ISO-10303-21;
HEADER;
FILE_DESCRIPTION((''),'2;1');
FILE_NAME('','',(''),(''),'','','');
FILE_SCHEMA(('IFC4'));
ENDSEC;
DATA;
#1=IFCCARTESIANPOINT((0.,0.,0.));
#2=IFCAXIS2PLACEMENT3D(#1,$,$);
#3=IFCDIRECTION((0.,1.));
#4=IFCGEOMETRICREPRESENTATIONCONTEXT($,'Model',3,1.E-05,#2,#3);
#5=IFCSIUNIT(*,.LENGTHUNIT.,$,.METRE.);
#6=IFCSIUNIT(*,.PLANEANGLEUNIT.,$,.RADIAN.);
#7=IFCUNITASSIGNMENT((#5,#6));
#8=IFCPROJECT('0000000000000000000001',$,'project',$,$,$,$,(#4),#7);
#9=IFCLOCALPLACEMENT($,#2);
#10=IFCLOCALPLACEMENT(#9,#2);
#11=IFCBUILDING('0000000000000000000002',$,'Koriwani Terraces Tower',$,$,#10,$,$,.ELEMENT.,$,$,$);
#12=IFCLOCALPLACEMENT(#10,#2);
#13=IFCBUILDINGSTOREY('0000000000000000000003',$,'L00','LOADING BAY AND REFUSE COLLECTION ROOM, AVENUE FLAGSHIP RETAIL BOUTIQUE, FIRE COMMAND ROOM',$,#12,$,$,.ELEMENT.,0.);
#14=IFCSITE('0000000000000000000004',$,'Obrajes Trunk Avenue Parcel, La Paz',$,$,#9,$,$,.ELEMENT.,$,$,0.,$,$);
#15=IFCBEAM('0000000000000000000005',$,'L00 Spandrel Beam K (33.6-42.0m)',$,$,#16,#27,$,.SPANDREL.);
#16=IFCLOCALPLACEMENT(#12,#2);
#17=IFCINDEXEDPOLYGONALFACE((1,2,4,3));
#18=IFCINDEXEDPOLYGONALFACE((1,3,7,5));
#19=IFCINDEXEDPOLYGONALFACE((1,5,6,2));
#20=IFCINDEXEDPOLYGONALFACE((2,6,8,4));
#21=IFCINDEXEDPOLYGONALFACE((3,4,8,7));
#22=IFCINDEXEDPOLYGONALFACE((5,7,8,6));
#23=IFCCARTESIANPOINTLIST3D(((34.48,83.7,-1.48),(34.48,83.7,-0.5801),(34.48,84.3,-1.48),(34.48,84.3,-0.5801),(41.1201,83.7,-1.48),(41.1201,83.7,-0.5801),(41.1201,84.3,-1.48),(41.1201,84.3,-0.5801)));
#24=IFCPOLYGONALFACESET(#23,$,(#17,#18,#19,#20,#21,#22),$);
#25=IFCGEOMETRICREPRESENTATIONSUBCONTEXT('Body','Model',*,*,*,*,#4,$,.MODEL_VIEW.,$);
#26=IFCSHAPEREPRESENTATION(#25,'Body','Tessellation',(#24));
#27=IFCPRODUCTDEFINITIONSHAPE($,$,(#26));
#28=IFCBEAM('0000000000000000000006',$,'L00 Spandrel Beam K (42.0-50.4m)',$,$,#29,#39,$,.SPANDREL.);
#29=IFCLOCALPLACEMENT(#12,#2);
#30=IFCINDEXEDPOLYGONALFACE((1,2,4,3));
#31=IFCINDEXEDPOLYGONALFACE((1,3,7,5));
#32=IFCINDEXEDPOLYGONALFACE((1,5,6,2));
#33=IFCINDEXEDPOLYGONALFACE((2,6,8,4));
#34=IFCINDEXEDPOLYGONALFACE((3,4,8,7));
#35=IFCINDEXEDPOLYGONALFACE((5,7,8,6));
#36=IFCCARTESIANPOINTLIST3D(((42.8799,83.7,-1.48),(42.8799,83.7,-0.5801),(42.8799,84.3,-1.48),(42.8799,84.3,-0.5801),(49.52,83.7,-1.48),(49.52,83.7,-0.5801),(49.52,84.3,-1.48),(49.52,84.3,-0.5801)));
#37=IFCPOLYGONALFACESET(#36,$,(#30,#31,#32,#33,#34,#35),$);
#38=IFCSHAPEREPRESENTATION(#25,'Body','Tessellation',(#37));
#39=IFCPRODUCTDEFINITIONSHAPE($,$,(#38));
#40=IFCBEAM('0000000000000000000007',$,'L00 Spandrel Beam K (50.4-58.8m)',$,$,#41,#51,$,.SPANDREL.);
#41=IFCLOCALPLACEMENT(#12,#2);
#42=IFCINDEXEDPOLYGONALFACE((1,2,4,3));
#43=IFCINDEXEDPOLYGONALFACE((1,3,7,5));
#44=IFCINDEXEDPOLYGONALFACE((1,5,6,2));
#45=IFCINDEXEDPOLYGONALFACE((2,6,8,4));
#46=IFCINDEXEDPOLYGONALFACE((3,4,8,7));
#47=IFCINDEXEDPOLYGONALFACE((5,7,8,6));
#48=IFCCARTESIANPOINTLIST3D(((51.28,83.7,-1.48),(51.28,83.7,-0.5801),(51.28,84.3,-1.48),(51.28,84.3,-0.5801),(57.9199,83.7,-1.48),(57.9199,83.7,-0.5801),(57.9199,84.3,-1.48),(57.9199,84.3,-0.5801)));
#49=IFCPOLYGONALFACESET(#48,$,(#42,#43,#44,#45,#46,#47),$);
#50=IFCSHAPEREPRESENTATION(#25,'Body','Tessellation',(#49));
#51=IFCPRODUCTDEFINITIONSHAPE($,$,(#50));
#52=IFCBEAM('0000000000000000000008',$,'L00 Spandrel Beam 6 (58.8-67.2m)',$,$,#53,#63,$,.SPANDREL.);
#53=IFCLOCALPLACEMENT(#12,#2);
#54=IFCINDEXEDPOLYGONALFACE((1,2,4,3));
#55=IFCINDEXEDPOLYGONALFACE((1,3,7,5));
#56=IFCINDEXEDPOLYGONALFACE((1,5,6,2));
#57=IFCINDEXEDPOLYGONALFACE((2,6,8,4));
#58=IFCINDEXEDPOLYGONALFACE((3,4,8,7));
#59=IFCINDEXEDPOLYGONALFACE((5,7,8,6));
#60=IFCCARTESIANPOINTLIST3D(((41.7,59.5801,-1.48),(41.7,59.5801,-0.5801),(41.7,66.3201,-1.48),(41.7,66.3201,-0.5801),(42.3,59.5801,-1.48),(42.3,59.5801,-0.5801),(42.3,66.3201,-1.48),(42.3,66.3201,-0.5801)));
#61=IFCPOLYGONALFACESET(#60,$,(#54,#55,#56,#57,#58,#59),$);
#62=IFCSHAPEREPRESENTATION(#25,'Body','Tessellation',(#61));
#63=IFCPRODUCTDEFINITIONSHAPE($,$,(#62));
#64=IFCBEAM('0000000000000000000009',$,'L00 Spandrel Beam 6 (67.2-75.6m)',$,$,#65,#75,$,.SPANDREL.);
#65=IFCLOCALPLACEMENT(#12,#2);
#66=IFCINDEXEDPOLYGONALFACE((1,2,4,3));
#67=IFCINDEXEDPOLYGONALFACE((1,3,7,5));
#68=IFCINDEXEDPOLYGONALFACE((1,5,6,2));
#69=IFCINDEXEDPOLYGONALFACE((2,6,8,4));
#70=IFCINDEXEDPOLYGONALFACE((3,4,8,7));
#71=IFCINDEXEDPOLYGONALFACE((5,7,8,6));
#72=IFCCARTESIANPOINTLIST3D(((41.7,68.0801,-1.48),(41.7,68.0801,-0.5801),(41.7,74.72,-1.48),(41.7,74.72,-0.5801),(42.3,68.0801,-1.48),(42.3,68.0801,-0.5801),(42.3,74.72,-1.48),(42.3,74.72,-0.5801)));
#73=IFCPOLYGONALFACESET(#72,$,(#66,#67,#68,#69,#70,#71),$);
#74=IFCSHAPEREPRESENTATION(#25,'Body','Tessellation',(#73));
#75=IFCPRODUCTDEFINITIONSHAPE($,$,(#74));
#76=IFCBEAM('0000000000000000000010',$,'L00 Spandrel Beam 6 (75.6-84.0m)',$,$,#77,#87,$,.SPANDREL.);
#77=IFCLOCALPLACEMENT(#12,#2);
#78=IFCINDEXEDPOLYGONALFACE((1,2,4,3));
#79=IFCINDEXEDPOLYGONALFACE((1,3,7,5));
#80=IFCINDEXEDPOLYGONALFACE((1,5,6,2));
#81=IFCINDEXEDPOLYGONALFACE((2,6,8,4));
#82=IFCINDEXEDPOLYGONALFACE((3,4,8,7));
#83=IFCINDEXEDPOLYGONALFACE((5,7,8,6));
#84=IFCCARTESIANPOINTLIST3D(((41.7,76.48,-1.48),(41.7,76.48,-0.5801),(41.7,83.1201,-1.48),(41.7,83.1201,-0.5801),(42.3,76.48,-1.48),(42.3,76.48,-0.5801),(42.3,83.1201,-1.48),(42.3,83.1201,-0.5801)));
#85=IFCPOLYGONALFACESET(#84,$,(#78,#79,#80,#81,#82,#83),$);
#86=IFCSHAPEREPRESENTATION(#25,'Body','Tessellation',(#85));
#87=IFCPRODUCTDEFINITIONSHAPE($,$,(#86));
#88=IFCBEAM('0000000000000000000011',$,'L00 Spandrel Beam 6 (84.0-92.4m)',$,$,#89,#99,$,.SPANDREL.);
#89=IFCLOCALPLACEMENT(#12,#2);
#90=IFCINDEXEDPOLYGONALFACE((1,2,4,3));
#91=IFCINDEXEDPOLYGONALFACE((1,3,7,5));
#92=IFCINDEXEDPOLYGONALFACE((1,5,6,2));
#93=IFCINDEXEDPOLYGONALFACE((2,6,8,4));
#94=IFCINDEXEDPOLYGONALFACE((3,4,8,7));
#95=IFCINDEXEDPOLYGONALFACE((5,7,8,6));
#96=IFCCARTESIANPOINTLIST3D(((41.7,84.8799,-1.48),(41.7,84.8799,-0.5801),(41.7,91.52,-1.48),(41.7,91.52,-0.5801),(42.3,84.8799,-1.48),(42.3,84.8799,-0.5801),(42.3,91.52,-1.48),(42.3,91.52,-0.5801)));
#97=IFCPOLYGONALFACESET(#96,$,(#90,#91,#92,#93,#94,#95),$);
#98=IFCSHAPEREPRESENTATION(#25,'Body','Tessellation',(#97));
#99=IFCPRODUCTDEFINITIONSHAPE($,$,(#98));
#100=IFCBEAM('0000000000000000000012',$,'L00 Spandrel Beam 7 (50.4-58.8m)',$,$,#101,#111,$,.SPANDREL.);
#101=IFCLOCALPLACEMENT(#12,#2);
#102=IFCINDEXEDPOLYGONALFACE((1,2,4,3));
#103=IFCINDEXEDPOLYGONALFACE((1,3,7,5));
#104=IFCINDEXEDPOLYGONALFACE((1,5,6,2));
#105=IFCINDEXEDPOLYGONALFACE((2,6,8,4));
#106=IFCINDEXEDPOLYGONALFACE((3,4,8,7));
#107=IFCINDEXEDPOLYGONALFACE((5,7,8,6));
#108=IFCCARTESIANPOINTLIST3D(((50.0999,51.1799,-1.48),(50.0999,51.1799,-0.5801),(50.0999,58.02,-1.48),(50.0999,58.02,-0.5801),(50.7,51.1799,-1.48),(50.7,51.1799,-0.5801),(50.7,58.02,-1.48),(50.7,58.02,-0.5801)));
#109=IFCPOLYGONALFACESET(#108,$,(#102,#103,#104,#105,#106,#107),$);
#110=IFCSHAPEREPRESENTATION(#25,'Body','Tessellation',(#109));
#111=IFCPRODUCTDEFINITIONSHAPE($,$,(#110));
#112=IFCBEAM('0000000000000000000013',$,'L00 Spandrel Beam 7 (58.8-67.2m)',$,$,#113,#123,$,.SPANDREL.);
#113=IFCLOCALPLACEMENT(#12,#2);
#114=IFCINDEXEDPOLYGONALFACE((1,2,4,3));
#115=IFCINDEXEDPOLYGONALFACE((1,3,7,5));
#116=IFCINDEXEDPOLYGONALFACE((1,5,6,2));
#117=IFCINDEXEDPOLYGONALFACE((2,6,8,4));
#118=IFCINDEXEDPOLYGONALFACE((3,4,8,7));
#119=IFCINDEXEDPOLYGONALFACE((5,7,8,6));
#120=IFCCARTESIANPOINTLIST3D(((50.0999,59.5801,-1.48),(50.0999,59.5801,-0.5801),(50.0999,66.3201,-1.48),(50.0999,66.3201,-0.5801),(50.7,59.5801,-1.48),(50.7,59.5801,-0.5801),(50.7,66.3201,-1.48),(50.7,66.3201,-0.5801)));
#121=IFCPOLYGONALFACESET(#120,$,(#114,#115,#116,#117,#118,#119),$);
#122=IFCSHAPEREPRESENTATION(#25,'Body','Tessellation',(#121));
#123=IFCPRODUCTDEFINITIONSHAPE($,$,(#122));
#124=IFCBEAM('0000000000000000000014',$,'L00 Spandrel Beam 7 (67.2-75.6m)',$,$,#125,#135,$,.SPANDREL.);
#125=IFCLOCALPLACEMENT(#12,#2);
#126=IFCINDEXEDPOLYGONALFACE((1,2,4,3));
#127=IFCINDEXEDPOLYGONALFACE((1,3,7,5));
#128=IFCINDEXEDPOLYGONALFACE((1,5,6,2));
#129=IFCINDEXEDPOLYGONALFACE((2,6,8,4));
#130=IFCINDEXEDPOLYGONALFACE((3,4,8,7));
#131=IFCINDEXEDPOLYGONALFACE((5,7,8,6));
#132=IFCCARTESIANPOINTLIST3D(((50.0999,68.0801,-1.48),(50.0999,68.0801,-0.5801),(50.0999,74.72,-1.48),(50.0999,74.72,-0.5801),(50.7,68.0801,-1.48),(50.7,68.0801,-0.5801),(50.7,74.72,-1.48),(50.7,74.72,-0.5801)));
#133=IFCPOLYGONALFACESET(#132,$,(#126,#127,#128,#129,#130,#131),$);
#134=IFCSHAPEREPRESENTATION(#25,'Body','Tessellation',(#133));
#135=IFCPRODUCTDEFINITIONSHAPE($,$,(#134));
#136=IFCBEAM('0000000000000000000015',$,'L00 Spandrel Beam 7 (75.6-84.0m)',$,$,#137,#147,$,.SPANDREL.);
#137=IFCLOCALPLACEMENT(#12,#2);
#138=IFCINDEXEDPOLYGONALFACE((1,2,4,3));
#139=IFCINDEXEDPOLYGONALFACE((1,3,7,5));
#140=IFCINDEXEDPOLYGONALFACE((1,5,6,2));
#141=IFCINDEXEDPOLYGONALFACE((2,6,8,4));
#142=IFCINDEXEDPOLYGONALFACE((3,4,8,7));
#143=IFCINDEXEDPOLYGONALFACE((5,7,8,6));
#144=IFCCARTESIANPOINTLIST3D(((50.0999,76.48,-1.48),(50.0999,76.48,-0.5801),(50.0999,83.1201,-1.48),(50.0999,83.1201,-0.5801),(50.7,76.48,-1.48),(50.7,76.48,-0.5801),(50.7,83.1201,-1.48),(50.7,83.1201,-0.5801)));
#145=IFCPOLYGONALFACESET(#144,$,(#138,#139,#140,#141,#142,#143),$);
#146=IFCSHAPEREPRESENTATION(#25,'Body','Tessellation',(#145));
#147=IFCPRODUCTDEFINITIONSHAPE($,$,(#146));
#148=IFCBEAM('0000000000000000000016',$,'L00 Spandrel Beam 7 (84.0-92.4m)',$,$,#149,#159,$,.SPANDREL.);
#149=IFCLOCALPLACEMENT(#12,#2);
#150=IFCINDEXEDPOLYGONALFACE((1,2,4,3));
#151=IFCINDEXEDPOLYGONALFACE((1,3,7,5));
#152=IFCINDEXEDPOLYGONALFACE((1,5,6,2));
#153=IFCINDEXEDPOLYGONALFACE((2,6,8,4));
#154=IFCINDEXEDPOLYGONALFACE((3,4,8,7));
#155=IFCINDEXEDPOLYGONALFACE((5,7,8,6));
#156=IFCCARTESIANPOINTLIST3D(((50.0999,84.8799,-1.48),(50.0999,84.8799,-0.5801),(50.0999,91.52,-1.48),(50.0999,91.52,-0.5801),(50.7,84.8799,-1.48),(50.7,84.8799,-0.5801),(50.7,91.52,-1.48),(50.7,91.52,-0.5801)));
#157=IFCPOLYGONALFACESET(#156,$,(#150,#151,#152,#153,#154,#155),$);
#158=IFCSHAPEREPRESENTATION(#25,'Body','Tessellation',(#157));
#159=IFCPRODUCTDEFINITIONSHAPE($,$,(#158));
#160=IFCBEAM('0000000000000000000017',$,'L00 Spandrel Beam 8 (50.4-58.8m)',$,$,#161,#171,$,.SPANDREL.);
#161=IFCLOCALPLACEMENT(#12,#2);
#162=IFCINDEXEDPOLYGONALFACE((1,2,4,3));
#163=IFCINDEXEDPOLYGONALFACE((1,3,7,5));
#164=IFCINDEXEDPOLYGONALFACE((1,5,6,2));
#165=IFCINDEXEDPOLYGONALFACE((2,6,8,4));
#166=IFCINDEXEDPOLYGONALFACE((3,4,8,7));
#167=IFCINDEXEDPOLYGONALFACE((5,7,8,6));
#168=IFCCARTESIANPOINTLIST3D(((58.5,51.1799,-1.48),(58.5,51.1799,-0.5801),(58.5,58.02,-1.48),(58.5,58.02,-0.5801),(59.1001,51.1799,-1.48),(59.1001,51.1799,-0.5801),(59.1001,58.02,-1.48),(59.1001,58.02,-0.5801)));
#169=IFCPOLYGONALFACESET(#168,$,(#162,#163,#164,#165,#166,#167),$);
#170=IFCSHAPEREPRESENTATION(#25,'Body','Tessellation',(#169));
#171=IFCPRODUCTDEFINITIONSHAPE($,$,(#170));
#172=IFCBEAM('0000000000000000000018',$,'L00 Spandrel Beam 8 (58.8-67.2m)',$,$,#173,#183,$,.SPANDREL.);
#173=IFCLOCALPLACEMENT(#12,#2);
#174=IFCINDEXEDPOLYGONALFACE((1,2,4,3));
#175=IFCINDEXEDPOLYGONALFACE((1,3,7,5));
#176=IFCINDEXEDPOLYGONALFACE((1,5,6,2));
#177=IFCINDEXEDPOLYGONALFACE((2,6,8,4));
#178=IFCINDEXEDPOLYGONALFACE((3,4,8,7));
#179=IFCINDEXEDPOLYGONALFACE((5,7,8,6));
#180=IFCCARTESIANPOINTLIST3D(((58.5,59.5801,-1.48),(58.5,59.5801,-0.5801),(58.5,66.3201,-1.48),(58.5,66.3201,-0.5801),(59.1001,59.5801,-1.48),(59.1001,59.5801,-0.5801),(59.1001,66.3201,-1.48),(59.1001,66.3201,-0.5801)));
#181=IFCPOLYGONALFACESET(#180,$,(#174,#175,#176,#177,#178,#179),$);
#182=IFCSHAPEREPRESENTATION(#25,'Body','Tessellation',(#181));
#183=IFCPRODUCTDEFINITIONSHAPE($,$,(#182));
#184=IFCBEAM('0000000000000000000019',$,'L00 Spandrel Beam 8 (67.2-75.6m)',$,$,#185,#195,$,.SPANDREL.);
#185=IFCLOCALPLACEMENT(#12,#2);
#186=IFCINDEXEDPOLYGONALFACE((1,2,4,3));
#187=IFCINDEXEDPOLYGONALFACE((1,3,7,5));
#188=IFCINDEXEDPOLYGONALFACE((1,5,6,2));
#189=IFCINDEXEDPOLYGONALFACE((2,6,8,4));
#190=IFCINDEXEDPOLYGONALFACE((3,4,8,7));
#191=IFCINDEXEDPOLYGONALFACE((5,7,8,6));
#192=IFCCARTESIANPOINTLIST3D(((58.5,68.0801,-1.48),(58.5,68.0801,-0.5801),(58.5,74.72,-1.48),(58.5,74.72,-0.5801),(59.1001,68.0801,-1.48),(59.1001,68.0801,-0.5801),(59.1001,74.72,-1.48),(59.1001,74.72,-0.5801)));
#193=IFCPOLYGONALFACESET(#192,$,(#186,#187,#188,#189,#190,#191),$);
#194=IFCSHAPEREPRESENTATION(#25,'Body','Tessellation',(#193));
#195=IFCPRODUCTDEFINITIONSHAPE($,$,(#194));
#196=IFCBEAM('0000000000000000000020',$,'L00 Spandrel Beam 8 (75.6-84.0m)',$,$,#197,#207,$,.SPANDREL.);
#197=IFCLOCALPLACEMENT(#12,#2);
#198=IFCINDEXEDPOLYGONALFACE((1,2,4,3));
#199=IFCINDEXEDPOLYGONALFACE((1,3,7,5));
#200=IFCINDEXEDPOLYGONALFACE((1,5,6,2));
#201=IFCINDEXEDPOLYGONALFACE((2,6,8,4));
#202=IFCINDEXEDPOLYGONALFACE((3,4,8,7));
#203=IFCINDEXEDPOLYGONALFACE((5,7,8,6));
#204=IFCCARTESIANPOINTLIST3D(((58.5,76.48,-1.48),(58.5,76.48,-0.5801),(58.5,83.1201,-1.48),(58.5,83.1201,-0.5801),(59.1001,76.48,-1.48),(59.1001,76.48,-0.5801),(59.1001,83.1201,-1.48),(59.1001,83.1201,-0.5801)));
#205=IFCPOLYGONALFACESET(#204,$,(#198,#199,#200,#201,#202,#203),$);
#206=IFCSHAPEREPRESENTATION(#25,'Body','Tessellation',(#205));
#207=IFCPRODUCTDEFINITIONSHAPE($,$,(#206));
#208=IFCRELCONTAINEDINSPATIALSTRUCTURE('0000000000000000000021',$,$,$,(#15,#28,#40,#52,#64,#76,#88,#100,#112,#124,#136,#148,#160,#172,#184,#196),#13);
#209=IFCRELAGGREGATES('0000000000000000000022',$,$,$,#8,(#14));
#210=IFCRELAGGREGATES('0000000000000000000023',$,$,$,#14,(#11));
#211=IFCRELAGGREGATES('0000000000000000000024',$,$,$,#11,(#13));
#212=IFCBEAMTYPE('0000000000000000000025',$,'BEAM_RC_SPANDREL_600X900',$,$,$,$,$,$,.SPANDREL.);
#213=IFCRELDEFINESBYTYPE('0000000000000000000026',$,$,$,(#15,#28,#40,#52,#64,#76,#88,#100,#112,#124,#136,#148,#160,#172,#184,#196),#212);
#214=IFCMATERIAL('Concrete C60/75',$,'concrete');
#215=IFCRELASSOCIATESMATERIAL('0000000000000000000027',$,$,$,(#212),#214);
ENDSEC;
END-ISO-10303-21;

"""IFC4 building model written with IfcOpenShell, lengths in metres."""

from ifc_helpers import new_model, si_unit, direction, frame, origin, origin_2d, place, context, subcontext, project, spatial, rectangle, extrude, material, material_profile, profile_set, type_object, element, save


model = new_model("IFC4")

# Units and contexts
model_context = context("Model", 3, precision=1e-05, world=origin(), true_north=direction((0.0, 1.0)))
body_context = subcontext(model_context, "Body", "Model", "MODEL_VIEW")
ifc_project = project(units=[si_unit("LENGTHUNIT", "METRE"), si_unit("PLANEANGLEUNIT", "RADIAN")], contexts=[model_context])

# Site, building, storey
site_placement = place(None, origin())
site = spatial("IfcSite", under=ifc_project, at=site_placement, Name="Obrajes Trunk Avenue Parcel, La Paz", CompositionType="ELEMENT", RefElevation=0.0)
building_placement = place(site_placement, origin())
building = spatial("IfcBuilding", under=site, at=building_placement, Name="Koriwani Terraces Tower", CompositionType="ELEMENT")
storey_placement = place(building_placement, origin())
storey = spatial("IfcBuildingStorey", under=building, at=storey_placement, Name="L00", Description="LOADING BAY AND REFUSE COLLECTION ROOM, AVENUE FLAGSHIP RETAIL BOUTIQUE, FIRE COMMAND ROOM", CompositionType="ELEMENT", Elevation=0.0)

# Shared definitions
ifc_material_1 = material(Name="Concrete C60/75", Category="concrete")

# Beams
ifc_material_profile_1 = material_profile(ifc_material_1, rectangle(XDim=0.6001, YDim=0.8999, at=origin_2d()), Name="Concrete C60/75", Category="LoadBearing")
ifc_profile_set_1 = profile_set([ifc_material_profile_1], Name="Concrete C60/75")
beam_type_1 = type_object("IfcBeamType", Name="BEAM_RC_SPANDREL_600X900", PredefinedType="SPANDREL", material=ifc_profile_set_1)
for number, where, z_axis, x_axis, name in (
    (1, (34.48, 84.0, -1.03), (1.0, 0.0, 0.0), (0.0, 1.0, 0.0), "L00 Spandrel Beam K (33.6-42.0m)"),
    (2, (42.8799, 84.0, -1.03), (1.0, 0.0, 0.0), (0.0, 1.0, 0.0), "L00 Spandrel Beam K (42.0-50.4m)"),
):
    element("IfcBeam", number, at=place(storey_placement, frame(where, z_axis=z_axis, x_axis=x_axis)), inside=storey, type_object=beam_type_1, Name=name, PredefinedType="SPANDREL", context=body_context, shape_type="SweptSolid", body=[
        extrude(rectangle(XDim=0.6001, YDim=0.8999, at=origin_2d()), origin(), (0.0, 0.0, 1.0), 6.6401),
    ])
beam_1_placement = place(storey_placement, frame((51.28, 84.0, -1.03), z_axis=(1.0, 0.0, 0.0), x_axis=(0.0, 1.0, 0.0)))
element("IfcBeam", 3, at=beam_1_placement, inside=storey, type_object=beam_type_1, Name="L00 Spandrel Beam K (50.4-58.8m)", PredefinedType="SPANDREL", context=body_context, shape_type="SweptSolid", body=[
    extrude(rectangle(XDim=0.6001, YDim=0.8999, at=origin_2d()), origin(), (0.0, 0.0, 1.0), 6.6399),
])
beam_2_placement = place(storey_placement, frame((42.0, 59.5801, -1.03), z_axis=(0.0, 1.0, 0.0), x_axis=(-1.0, 0.0, 0.0)))
element("IfcBeam", 4, at=beam_2_placement, inside=storey, type_object=beam_type_1, Name="L00 Spandrel Beam 6 (58.8-67.2m)", PredefinedType="SPANDREL", context=body_context, shape_type="SweptSolid", body=[
    extrude(rectangle(XDim=0.6001, YDim=0.8999, at=origin_2d()), origin(), (0.0, 0.0, 1.0), 6.74),
])
beam_3_placement = place(storey_placement, frame((42.0, 68.0801, -1.03), z_axis=(0.0, 1.0, 0.0), x_axis=(-1.0, 0.0, 0.0)))
element("IfcBeam", 5, at=beam_3_placement, inside=storey, type_object=beam_type_1, Name="L00 Spandrel Beam 6 (67.2-75.6m)", PredefinedType="SPANDREL", context=body_context, shape_type="SweptSolid", body=[
    extrude(rectangle(XDim=0.6001, YDim=0.8999, at=origin_2d()), origin(), (0.0, 0.0, 1.0), 6.6399),
])
for number, where, z_axis, x_axis, name in (
    (6, (42.0, 76.48, -1.03), (0.0, 1.0, 0.0), (-1.0, 0.0, 0.0), "L00 Spandrel Beam 6 (75.6-84.0m)"),
    (7, (42.0, 84.8799, -1.03), (0.0, 1.0, 0.0), (-1.0, 0.0, 0.0), "L00 Spandrel Beam 6 (84.0-92.4m)"),
):
    element("IfcBeam", number, at=place(storey_placement, frame(where, z_axis=z_axis, x_axis=x_axis)), inside=storey, type_object=beam_type_1, Name=name, PredefinedType="SPANDREL", context=body_context, shape_type="SweptSolid", body=[
        extrude(rectangle(XDim=0.6001, YDim=0.8999, at=origin_2d()), origin(), (0.0, 0.0, 1.0), 6.6401),
    ])
beam_4_placement = place(storey_placement, frame((50.3999, 51.1799, -1.03), z_axis=(0.0, 1.0, 0.0), x_axis=(-1.0, 0.0, 0.0)))
element("IfcBeam", 8, at=beam_4_placement, inside=storey, type_object=beam_type_1, Name="L00 Spandrel Beam 7 (50.4-58.8m)", PredefinedType="SPANDREL", context=body_context, shape_type="SweptSolid", body=[
    extrude(rectangle(XDim=0.6001, YDim=0.8999, at=origin_2d()), origin(), (0.0, 0.0, 1.0), 6.8401),
])
beam_5_placement = place(storey_placement, frame((50.3999, 59.5801, -1.03), z_axis=(0.0, 1.0, 0.0), x_axis=(-1.0, 0.0, 0.0)))
element("IfcBeam", 9, at=beam_5_placement, inside=storey, type_object=beam_type_1, Name="L00 Spandrel Beam 7 (58.8-67.2m)", PredefinedType="SPANDREL", context=body_context, shape_type="SweptSolid", body=[
    extrude(rectangle(XDim=0.6001, YDim=0.8999, at=origin_2d()), origin(), (0.0, 0.0, 1.0), 6.74),
])
beam_6_placement = place(storey_placement, frame((50.3999, 68.0801, -1.03), z_axis=(0.0, 1.0, 0.0), x_axis=(-1.0, 0.0, 0.0)))
element("IfcBeam", 10, at=beam_6_placement, inside=storey, type_object=beam_type_1, Name="L00 Spandrel Beam 7 (67.2-75.6m)", PredefinedType="SPANDREL", context=body_context, shape_type="SweptSolid", body=[
    extrude(rectangle(XDim=0.6001, YDim=0.8999, at=origin_2d()), origin(), (0.0, 0.0, 1.0), 6.6399),
])
for number, where, z_axis, x_axis, name in (
    (11, (50.3999, 76.48, -1.03), (0.0, 1.0, 0.0), (-1.0, 0.0, 0.0), "L00 Spandrel Beam 7 (75.6-84.0m)"),
    (12, (50.3999, 84.8799, -1.03), (0.0, 1.0, 0.0), (-1.0, 0.0, 0.0), "L00 Spandrel Beam 7 (84.0-92.4m)"),
):
    element("IfcBeam", number, at=place(storey_placement, frame(where, z_axis=z_axis, x_axis=x_axis)), inside=storey, type_object=beam_type_1, Name=name, PredefinedType="SPANDREL", context=body_context, shape_type="SweptSolid", body=[
        extrude(rectangle(XDim=0.6001, YDim=0.8999, at=origin_2d()), origin(), (0.0, 0.0, 1.0), 6.6401),
    ])
beam_7_placement = place(storey_placement, frame((58.8, 51.1799, -1.03), z_axis=(0.0, 1.0, 0.0), x_axis=(-1.0, 0.0, 0.0)))
element("IfcBeam", 13, at=beam_7_placement, inside=storey, type_object=beam_type_1, Name="L00 Spandrel Beam 8 (50.4-58.8m)", PredefinedType="SPANDREL", context=body_context, shape_type="SweptSolid", body=[
    extrude(rectangle(XDim=0.6001, YDim=0.8999, at=origin_2d()), origin(), (0.0, 0.0, 1.0), 6.8401),
])
beam_8_placement = place(storey_placement, frame((58.8, 59.5801, -1.03), z_axis=(0.0, 1.0, 0.0), x_axis=(-1.0, 0.0, 0.0)))
element("IfcBeam", 14, at=beam_8_placement, inside=storey, type_object=beam_type_1, Name="L00 Spandrel Beam 8 (58.8-67.2m)", PredefinedType="SPANDREL", context=body_context, shape_type="SweptSolid", body=[
    extrude(rectangle(XDim=0.6001, YDim=0.8999, at=origin_2d()), origin(), (0.0, 0.0, 1.0), 6.74),
])
beam_9_placement = place(storey_placement, frame((58.8, 68.0801, -1.03), z_axis=(0.0, 1.0, 0.0), x_axis=(-1.0, 0.0, 0.0)))
element("IfcBeam", 15, at=beam_9_placement, inside=storey, type_object=beam_type_1, Name="L00 Spandrel Beam 8 (67.2-75.6m)", PredefinedType="SPANDREL", context=body_context, shape_type="SweptSolid", body=[
    extrude(rectangle(XDim=0.6001, YDim=0.8999, at=origin_2d()), origin(), (0.0, 0.0, 1.0), 6.6399),
])
for number, where, z_axis, x_axis, name in (
    (16, (58.8, 76.48, -1.03), (0.0, 1.0, 0.0), (-1.0, 0.0, 0.0), "L00 Spandrel Beam 8 (75.6-84.0m)"),
):
    element("IfcBeam", number, at=place(storey_placement, frame(where, z_axis=z_axis, x_axis=x_axis)), inside=storey, type_object=beam_type_1, Name=name, PredefinedType="SPANDREL", context=body_context, shape_type="SweptSolid", body=[
        extrude(rectangle(XDim=0.6001, YDim=0.8999, at=origin_2d()), origin(), (0.0, 0.0, 1.0), 6.6401),
    ])

save(model, "model.ifc")
